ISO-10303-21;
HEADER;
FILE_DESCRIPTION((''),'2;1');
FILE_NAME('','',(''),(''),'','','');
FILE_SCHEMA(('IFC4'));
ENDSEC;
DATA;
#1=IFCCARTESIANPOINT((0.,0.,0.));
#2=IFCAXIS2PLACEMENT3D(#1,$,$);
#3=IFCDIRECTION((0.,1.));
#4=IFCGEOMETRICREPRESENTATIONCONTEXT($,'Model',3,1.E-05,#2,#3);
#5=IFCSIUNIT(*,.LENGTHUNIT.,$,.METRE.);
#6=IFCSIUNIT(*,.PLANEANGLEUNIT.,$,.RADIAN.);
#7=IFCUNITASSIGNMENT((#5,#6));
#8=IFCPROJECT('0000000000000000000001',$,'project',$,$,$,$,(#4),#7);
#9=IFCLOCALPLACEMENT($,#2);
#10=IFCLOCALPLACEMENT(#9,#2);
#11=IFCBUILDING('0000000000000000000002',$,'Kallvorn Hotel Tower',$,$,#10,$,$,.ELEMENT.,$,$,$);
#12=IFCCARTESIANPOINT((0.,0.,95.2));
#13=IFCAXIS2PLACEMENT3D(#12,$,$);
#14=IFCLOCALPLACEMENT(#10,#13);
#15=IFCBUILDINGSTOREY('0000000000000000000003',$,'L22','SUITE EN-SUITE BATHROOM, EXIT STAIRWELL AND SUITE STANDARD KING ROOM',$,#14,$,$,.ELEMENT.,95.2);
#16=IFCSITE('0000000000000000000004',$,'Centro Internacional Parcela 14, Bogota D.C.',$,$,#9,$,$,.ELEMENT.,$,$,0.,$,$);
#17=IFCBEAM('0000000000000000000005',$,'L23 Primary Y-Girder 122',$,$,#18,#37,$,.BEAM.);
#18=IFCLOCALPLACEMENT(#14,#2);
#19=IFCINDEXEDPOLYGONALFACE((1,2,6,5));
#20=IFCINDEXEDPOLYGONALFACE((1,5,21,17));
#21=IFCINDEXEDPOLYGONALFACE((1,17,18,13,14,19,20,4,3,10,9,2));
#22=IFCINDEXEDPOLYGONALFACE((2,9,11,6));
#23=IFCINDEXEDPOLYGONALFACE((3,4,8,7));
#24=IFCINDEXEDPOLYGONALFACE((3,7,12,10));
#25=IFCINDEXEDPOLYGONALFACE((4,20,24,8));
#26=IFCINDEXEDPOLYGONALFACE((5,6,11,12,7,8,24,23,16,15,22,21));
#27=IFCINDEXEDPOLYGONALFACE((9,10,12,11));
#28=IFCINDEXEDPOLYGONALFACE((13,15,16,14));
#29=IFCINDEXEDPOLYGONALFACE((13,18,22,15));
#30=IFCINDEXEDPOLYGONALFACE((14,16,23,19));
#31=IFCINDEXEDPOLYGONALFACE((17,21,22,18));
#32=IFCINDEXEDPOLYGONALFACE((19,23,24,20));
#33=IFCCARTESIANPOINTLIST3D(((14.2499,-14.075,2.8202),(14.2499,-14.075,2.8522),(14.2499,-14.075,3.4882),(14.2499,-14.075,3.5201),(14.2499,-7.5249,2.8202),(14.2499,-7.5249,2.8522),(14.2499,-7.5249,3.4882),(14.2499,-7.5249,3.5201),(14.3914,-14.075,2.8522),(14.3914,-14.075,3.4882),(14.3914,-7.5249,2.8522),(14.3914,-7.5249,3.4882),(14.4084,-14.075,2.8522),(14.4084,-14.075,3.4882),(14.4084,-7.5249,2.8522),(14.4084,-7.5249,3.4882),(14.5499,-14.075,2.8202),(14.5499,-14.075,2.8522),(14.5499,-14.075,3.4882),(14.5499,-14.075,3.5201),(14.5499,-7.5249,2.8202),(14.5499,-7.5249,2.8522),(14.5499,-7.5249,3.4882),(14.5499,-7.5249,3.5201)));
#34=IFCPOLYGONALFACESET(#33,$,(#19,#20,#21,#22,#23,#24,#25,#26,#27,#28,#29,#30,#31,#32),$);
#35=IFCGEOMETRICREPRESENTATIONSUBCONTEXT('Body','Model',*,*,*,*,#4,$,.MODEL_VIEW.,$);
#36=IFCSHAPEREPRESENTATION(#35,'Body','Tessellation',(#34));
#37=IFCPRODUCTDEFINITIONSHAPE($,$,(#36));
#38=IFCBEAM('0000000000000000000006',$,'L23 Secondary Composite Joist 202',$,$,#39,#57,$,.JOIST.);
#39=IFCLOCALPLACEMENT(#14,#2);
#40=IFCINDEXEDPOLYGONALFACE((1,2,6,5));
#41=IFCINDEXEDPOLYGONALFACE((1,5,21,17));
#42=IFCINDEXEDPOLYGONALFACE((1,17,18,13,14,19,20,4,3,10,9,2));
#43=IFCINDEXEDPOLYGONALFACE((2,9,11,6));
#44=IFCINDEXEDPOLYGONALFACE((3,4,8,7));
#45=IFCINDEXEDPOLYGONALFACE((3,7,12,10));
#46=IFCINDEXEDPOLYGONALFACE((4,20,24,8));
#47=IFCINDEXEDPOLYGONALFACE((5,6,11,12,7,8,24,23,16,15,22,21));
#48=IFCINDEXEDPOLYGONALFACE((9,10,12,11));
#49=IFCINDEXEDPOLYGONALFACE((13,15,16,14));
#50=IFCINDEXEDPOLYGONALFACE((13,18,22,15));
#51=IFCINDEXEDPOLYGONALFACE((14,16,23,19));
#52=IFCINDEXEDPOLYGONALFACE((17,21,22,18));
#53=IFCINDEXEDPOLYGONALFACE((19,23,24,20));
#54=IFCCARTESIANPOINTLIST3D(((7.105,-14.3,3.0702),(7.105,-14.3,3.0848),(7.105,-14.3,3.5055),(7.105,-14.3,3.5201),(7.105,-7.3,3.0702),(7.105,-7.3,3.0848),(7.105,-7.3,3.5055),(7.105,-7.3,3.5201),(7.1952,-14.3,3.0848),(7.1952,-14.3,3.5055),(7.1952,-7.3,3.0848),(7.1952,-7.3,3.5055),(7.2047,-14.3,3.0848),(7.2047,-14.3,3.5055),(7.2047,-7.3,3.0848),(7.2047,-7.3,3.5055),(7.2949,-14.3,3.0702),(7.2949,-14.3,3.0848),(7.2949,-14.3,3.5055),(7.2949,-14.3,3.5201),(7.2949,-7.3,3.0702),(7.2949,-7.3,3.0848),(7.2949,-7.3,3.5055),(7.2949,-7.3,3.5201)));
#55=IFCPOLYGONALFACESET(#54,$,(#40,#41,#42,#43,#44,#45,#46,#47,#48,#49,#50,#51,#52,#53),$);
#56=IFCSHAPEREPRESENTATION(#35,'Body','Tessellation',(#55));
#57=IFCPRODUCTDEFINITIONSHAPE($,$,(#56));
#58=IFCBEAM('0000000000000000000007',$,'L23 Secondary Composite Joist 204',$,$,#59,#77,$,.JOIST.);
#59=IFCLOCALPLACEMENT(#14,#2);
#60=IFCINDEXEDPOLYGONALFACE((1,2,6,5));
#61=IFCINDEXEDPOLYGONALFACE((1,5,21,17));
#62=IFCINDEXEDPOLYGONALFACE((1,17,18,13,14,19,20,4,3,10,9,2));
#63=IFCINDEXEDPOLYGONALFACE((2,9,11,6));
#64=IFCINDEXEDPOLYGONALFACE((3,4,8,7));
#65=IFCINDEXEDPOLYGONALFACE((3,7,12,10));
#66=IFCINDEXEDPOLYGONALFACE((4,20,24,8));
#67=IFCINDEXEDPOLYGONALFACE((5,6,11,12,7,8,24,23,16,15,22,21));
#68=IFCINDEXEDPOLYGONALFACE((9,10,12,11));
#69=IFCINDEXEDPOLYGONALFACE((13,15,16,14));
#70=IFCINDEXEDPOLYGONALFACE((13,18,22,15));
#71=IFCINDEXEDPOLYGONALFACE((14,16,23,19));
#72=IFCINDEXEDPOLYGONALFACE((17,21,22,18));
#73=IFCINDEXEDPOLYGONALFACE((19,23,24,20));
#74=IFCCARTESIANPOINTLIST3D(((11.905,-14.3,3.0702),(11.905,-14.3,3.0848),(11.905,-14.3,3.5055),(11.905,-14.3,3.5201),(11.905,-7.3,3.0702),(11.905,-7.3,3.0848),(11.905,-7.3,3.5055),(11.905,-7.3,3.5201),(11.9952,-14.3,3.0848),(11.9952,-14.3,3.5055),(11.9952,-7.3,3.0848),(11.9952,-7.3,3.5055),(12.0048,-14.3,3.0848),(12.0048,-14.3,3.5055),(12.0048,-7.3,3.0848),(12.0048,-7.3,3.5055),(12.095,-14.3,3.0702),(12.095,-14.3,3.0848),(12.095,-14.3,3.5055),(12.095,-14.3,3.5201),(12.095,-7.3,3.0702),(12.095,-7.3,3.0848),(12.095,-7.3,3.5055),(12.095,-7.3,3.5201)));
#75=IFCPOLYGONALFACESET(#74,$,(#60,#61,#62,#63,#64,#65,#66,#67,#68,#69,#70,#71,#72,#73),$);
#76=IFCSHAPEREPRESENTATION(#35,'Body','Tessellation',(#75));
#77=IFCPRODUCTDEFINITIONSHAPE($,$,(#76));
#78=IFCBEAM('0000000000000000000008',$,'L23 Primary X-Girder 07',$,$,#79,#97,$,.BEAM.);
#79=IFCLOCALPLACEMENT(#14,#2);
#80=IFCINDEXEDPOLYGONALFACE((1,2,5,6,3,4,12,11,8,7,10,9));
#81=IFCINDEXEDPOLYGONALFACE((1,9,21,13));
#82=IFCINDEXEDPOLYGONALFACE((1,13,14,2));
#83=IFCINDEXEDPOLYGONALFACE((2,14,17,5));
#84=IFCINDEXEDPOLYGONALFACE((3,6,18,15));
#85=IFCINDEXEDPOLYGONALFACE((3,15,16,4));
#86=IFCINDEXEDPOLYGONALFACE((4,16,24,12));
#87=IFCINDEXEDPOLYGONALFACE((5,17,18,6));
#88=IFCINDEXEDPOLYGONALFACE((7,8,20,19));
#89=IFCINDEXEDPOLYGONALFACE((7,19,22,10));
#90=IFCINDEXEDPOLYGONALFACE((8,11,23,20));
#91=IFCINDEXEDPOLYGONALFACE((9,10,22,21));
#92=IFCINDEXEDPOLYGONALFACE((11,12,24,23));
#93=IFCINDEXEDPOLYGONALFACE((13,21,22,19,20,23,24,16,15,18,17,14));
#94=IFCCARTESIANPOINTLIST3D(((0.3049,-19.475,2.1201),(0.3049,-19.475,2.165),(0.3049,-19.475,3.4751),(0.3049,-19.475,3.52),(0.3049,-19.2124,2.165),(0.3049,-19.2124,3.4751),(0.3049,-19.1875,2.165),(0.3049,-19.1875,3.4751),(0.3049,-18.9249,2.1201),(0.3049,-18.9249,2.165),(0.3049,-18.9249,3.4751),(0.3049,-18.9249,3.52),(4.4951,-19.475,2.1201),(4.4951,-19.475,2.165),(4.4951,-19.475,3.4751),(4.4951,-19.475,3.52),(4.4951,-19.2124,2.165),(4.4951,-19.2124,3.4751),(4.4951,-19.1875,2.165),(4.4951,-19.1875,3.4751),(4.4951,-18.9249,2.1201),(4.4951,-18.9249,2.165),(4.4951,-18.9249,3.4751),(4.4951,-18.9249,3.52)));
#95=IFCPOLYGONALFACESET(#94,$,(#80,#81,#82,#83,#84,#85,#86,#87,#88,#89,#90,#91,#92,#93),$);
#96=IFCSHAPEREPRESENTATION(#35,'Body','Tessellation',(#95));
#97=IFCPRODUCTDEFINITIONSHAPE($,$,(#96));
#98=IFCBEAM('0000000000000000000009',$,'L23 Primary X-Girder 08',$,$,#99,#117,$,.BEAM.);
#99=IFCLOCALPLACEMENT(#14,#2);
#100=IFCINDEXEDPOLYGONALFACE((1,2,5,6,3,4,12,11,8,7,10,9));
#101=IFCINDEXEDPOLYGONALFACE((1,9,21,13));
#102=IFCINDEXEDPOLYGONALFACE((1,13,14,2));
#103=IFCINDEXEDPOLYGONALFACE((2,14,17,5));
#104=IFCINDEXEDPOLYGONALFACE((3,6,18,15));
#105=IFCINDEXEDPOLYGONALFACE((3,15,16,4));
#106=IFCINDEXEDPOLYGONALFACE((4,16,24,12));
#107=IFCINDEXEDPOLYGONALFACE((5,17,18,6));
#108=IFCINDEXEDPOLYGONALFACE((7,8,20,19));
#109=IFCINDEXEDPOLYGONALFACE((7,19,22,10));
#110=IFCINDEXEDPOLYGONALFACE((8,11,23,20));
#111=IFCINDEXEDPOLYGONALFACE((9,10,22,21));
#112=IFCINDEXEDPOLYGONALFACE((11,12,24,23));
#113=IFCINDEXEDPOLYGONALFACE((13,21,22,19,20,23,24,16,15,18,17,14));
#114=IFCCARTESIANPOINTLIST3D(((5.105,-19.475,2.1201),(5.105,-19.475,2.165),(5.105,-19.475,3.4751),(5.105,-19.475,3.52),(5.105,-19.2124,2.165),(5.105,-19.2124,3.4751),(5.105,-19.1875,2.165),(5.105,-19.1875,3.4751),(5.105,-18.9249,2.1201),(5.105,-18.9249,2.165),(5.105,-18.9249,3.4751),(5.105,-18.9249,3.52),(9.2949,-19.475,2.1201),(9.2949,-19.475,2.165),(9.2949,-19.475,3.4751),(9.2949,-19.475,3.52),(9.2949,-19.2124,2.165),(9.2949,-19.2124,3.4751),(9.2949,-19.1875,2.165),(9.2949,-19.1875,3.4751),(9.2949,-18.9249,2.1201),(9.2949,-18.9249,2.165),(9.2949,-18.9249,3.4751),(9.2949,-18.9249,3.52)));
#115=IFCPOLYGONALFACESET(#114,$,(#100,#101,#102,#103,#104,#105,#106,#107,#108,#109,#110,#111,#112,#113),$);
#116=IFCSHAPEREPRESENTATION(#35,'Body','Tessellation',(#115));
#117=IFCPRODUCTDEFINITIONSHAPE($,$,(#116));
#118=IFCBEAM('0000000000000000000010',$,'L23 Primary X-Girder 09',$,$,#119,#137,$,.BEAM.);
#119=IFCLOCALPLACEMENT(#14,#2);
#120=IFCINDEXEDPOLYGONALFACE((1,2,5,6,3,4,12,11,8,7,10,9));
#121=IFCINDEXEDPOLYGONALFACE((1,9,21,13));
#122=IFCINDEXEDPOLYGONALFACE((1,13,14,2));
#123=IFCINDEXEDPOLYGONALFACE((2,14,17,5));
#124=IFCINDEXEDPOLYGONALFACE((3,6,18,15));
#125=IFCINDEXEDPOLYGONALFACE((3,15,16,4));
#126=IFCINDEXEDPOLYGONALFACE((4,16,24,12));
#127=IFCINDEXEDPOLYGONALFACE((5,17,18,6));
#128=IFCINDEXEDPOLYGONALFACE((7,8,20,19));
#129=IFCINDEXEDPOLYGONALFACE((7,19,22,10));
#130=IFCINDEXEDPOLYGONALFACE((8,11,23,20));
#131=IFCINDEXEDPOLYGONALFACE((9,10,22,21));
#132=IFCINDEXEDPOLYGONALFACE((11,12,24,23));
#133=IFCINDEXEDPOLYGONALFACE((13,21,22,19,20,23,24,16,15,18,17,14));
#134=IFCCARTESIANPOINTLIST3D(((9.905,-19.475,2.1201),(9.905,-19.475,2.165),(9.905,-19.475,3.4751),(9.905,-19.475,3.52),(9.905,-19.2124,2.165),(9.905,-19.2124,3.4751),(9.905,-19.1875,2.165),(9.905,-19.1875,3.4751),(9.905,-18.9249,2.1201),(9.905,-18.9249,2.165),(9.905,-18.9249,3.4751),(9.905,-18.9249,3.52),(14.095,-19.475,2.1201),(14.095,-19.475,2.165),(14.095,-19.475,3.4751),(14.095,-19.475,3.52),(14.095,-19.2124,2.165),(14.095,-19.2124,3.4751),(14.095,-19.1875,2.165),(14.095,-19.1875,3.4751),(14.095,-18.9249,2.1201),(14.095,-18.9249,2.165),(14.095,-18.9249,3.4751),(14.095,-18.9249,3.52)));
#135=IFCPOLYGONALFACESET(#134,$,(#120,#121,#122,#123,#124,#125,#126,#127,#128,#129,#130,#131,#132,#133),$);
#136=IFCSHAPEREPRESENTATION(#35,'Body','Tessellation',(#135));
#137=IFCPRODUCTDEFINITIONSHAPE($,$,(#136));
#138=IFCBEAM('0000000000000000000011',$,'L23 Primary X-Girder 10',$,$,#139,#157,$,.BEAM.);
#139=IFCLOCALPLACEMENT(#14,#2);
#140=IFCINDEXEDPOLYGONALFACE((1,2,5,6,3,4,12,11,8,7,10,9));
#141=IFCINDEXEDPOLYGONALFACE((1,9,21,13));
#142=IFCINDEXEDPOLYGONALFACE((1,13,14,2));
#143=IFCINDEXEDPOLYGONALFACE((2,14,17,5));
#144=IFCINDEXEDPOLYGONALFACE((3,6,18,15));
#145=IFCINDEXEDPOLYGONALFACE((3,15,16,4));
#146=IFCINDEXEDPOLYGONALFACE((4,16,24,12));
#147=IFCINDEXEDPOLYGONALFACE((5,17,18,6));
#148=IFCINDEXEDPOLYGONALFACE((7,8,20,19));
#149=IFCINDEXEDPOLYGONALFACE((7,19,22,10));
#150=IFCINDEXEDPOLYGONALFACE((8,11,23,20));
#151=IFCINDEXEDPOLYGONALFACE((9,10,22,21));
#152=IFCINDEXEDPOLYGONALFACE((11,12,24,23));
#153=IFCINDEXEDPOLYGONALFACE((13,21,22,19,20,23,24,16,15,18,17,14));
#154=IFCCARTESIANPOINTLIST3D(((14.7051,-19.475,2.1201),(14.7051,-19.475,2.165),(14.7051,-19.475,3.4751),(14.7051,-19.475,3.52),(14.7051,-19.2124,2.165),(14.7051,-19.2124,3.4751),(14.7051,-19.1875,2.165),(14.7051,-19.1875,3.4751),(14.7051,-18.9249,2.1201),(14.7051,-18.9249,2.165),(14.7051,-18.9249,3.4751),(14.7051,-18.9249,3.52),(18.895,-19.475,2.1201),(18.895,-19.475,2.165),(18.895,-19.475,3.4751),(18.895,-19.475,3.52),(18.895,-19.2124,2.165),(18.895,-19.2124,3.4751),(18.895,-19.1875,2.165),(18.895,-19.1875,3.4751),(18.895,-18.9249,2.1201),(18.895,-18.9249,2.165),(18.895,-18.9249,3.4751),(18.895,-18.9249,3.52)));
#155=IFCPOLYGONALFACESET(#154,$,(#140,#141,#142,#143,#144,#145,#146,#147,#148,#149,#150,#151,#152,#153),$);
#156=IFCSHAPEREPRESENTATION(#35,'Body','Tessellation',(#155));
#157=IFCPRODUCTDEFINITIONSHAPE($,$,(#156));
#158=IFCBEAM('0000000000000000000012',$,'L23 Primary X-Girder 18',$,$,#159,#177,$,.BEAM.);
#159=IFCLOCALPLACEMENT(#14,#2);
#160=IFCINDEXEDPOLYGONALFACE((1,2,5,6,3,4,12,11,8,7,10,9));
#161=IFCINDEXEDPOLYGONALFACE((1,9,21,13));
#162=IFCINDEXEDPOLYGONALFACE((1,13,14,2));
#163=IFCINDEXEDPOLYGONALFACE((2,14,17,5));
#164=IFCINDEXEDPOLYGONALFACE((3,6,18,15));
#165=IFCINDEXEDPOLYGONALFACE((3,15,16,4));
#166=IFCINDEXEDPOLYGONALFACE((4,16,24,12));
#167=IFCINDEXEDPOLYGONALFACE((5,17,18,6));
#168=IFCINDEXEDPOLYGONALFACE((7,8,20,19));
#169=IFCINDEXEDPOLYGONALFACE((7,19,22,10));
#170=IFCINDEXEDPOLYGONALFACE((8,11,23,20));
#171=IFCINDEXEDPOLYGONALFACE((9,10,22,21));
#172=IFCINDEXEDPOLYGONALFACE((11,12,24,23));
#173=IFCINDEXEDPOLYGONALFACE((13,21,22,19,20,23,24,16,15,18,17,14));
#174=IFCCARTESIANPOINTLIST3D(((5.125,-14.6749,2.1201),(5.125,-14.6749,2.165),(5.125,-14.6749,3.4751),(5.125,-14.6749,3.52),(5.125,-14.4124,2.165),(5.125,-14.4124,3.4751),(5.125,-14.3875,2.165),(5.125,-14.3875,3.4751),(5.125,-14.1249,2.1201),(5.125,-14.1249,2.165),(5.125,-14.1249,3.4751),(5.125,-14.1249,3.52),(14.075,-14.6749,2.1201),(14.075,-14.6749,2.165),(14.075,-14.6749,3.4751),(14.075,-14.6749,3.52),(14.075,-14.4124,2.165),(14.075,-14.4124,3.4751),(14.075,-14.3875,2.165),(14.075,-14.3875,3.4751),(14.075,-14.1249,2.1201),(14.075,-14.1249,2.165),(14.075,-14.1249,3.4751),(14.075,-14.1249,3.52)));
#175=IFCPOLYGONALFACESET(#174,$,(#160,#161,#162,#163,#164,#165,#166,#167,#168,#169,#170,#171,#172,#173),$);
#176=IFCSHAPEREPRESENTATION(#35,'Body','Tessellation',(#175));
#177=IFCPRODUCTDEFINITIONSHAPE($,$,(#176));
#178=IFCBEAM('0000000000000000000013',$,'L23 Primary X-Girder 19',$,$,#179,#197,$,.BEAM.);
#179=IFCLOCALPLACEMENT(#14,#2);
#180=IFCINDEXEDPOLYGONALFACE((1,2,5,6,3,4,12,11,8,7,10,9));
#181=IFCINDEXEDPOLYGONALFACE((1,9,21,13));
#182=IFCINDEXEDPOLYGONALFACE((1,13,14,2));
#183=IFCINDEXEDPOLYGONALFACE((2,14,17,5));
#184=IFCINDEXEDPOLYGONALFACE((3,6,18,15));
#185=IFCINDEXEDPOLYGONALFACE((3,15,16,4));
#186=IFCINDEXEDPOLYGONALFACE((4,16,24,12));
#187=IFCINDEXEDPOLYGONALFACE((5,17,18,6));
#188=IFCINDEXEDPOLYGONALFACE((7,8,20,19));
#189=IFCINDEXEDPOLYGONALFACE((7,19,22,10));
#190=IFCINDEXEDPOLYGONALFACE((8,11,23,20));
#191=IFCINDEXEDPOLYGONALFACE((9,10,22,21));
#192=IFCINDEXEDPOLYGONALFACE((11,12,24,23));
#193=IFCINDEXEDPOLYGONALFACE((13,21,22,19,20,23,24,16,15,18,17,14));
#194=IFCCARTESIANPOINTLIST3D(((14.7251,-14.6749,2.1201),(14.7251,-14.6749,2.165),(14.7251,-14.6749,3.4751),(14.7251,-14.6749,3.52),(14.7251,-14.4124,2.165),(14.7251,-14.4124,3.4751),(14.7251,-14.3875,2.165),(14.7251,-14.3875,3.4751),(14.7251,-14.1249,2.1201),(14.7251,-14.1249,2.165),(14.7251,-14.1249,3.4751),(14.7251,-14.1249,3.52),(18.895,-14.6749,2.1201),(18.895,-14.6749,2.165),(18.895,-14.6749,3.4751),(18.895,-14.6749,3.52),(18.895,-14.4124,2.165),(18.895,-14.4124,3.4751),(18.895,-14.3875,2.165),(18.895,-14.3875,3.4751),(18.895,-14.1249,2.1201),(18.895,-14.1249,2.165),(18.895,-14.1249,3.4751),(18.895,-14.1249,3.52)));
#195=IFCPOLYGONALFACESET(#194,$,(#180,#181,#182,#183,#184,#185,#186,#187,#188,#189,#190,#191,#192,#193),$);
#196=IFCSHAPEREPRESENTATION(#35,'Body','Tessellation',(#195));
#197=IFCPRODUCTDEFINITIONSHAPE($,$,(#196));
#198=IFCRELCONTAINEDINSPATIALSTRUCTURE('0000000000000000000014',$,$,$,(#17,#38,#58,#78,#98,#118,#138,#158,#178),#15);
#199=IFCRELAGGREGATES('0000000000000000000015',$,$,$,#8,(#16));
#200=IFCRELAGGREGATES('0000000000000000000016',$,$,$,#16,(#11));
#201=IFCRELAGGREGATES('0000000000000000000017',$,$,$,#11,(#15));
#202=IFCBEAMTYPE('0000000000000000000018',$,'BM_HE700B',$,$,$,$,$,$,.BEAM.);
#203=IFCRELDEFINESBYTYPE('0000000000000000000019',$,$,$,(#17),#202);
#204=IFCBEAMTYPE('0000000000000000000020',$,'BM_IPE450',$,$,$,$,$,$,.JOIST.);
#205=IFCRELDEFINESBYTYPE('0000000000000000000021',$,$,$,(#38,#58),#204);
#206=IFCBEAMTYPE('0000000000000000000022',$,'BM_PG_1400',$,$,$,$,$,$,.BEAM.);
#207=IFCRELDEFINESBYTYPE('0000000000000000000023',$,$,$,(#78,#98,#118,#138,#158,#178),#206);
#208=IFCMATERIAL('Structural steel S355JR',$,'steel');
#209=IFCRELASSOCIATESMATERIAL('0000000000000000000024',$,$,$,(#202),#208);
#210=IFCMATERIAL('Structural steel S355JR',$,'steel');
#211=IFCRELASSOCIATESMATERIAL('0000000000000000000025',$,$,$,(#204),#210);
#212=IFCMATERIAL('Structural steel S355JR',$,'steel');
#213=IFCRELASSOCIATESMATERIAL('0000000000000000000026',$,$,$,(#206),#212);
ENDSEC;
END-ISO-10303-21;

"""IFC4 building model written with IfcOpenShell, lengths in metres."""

from ifc_helpers import new_model, si_unit, direction, frame, origin, origin_2d, place, context, subcontext, project, spatial, i_section, extrude, material, material_profile, profile_set, type_object, element, save


model = new_model("IFC4")

# Units and contexts
model_context = context("Model", 3, precision=1e-05, world=origin(), true_north=direction((0.0, 1.0)))
body_context = subcontext(model_context, "Body", "Model", "MODEL_VIEW")
ifc_project = project(units=[si_unit("LENGTHUNIT", "METRE"), si_unit("PLANEANGLEUNIT", "RADIAN")], contexts=[model_context])

# Site, building, storey
site_placement = place(None, origin())
site = spatial("IfcSite", under=ifc_project, at=site_placement, Name="Centro Internacional Parcela 14, Bogota D.C.", CompositionType="ELEMENT", RefElevation=0.0)
building_placement = place(site_placement, origin())
building = spatial("IfcBuilding", under=site, at=building_placement, Name="Kallvorn Hotel Tower", CompositionType="ELEMENT")
storey_placement = place(building_placement, frame((0.0, 0.0, 95.2)))
storey = spatial("IfcBuildingStorey", under=building, at=storey_placement, Name="L22", Description="SUITE EN-SUITE BATHROOM, EXIT STAIRWELL AND SUITE STANDARD KING ROOM", CompositionType="ELEMENT", Elevation=95.2)

# Beams
ifc_material_1 = material(Name="Structural steel S355JR", Category="steel")
ifc_material_profile_1 = material_profile(ifc_material_1, i_section(OverallWidth=0.3, OverallDepth=0.7, WebThickness=0.0171, FlangeThickness=0.032, at=origin_2d()), Name="HE 700 B")
ifc_profile_set_1 = profile_set([ifc_material_profile_1], Name="Structural steel S355JR")
beam_type_1 = type_object("IfcBeamType", Name="BM_HE700B", PredefinedType="BEAM", material=ifc_profile_set_1)
beam_1_placement = place(storey_placement, frame((14.3999, -14.075, 3.1702), z_axis=(0.0, 1.0, 0.0), x_axis=(-1.0, 0.0, 0.0)))
element("IfcBeam", 1, at=beam_1_placement, inside=storey, type_object=beam_type_1, Name="L23 Primary Y-Girder 122", PredefinedType="BEAM", context=body_context, shape_type="SweptSolid", body=[
    extrude(i_section(OverallWidth=0.3, OverallDepth=0.7, WebThickness=0.0171, FlangeThickness=0.032, at=origin_2d()), origin(), (0.0, 0.0, 1.0), 6.55),
])
ifc_material_2 = material(Name="Structural steel S355JR", Category="steel")
ifc_material_profile_2 = material_profile(ifc_material_2, i_section(OverallWidth=0.1899, OverallDepth=0.45, WebThickness=0.0095, FlangeThickness=0.0146, at=origin_2d()), Name="IPE 450")
ifc_profile_set_2 = profile_set([ifc_material_profile_2], Name="Structural steel S355JR")
beam_type_2 = type_object("IfcBeamType", Name="BM_IPE450", PredefinedType="JOIST", material=ifc_profile_set_2)
for number, where, z_axis, x_axis, name in (
    (2, (7.2, -14.3, 3.2952), (0.0, 1.0, 0.0), (-1.0, 0.0, 0.0), "L23 Secondary Composite Joist 202"),
    (3, (12.0, -14.3, 3.2952), (0.0, 1.0, 0.0), (-1.0, 0.0, 0.0), "L23 Secondary Composite Joist 204"),
):
    element("IfcBeam", number, at=place(storey_placement, frame(where, z_axis=z_axis, x_axis=x_axis)), inside=storey, type_object=beam_type_2, Name=name, PredefinedType="JOIST", context=body_context, shape_type="SweptSolid", body=[
        extrude(i_section(OverallWidth=0.1899, OverallDepth=0.45, WebThickness=0.0095, FlangeThickness=0.0146, at=origin_2d()), origin(), (0.0, 0.0, 1.0), 7.0),
    ])
ifc_material_3 = material(Name="Structural steel S355JR", Category="steel")
ifc_material_profile_3 = material_profile(ifc_material_3, i_section(OverallWidth=0.55, OverallDepth=1.3999, WebThickness=0.0249, FlangeThickness=0.0449, at=origin_2d()), Name="PG 1400x550x25x45")
ifc_profile_set_3 = profile_set([ifc_material_profile_3], Name="Structural steel S355JR")
beam_type_3 = type_object("IfcBeamType", Name="BM_PG_1400", PredefinedType="BEAM", material=ifc_profile_set_3)
beam_2_placement = place(storey_placement, frame((0.3049, -19.2, 2.8201), z_axis=(1.0, 0.0, 0.0), x_axis=(0.0, 1.0, 0.0)))
element("IfcBeam", 4, at=beam_2_placement, inside=storey, type_object=beam_type_3, Name="L23 Primary X-Girder 07", PredefinedType="BEAM", context=body_context, shape_type="SweptSolid", body=[
    extrude(i_section(OverallWidth=0.55, OverallDepth=1.3999, WebThickness=0.0249, FlangeThickness=0.0449, at=origin_2d()), origin(), (0.0, 0.0, 1.0), 4.1902),
])
for number, where, z_axis, x_axis, name in (
    (5, (5.105, -19.2, 2.8201), (1.0, 0.0, 0.0), (0.0, 1.0, 0.0), "L23 Primary X-Girder 08"),
    (6, (9.905, -19.2, 2.8201), (1.0, 0.0, 0.0), (0.0, 1.0, 0.0), "L23 Primary X-Girder 09"),
    (7, (14.7051, -19.2, 2.8201), (1.0, 0.0, 0.0), (0.0, 1.0, 0.0), "L23 Primary X-Girder 10"),
):
    element("IfcBeam", number, at=place(storey_placement, frame(where, z_axis=z_axis, x_axis=x_axis)), inside=storey, type_object=beam_type_3, Name=name, PredefinedType="BEAM", context=body_context, shape_type="SweptSolid", body=[
        extrude(i_section(OverallWidth=0.55, OverallDepth=1.3999, WebThickness=0.0249, FlangeThickness=0.0449, at=origin_2d()), origin(), (0.0, 0.0, 1.0), 4.1899),
    ])
beam_3_placement = place(storey_placement, frame((5.125, -14.3999, 2.8201), z_axis=(1.0, 0.0, 0.0), x_axis=(0.0, 1.0, 0.0)))
element("IfcBeam", 8, at=beam_3_placement, inside=storey, type_object=beam_type_3, Name="L23 Primary X-Girder 18", PredefinedType="BEAM", context=body_context, shape_type="SweptSolid", body=[
    extrude(i_section(OverallWidth=0.55, OverallDepth=1.3999, WebThickness=0.0249, FlangeThickness=0.0449, at=origin_2d()), origin(), (0.0, 0.0, 1.0), 8.95),
])
beam_4_placement = place(storey_placement, frame((14.7251, -14.3999, 2.8201), z_axis=(1.0, 0.0, 0.0), x_axis=(0.0, 1.0, 0.0)))
element("IfcBeam", 9, at=beam_4_placement, inside=storey, type_object=beam_type_3, Name="L23 Primary X-Girder 19", PredefinedType="BEAM", context=body_context, shape_type="SweptSolid", body=[
    extrude(i_section(OverallWidth=0.55, OverallDepth=1.3999, WebThickness=0.0249, FlangeThickness=0.0449, at=origin_2d()), origin(), (0.0, 0.0, 1.0), 4.1699),
])

save(model, "model.ifc")
